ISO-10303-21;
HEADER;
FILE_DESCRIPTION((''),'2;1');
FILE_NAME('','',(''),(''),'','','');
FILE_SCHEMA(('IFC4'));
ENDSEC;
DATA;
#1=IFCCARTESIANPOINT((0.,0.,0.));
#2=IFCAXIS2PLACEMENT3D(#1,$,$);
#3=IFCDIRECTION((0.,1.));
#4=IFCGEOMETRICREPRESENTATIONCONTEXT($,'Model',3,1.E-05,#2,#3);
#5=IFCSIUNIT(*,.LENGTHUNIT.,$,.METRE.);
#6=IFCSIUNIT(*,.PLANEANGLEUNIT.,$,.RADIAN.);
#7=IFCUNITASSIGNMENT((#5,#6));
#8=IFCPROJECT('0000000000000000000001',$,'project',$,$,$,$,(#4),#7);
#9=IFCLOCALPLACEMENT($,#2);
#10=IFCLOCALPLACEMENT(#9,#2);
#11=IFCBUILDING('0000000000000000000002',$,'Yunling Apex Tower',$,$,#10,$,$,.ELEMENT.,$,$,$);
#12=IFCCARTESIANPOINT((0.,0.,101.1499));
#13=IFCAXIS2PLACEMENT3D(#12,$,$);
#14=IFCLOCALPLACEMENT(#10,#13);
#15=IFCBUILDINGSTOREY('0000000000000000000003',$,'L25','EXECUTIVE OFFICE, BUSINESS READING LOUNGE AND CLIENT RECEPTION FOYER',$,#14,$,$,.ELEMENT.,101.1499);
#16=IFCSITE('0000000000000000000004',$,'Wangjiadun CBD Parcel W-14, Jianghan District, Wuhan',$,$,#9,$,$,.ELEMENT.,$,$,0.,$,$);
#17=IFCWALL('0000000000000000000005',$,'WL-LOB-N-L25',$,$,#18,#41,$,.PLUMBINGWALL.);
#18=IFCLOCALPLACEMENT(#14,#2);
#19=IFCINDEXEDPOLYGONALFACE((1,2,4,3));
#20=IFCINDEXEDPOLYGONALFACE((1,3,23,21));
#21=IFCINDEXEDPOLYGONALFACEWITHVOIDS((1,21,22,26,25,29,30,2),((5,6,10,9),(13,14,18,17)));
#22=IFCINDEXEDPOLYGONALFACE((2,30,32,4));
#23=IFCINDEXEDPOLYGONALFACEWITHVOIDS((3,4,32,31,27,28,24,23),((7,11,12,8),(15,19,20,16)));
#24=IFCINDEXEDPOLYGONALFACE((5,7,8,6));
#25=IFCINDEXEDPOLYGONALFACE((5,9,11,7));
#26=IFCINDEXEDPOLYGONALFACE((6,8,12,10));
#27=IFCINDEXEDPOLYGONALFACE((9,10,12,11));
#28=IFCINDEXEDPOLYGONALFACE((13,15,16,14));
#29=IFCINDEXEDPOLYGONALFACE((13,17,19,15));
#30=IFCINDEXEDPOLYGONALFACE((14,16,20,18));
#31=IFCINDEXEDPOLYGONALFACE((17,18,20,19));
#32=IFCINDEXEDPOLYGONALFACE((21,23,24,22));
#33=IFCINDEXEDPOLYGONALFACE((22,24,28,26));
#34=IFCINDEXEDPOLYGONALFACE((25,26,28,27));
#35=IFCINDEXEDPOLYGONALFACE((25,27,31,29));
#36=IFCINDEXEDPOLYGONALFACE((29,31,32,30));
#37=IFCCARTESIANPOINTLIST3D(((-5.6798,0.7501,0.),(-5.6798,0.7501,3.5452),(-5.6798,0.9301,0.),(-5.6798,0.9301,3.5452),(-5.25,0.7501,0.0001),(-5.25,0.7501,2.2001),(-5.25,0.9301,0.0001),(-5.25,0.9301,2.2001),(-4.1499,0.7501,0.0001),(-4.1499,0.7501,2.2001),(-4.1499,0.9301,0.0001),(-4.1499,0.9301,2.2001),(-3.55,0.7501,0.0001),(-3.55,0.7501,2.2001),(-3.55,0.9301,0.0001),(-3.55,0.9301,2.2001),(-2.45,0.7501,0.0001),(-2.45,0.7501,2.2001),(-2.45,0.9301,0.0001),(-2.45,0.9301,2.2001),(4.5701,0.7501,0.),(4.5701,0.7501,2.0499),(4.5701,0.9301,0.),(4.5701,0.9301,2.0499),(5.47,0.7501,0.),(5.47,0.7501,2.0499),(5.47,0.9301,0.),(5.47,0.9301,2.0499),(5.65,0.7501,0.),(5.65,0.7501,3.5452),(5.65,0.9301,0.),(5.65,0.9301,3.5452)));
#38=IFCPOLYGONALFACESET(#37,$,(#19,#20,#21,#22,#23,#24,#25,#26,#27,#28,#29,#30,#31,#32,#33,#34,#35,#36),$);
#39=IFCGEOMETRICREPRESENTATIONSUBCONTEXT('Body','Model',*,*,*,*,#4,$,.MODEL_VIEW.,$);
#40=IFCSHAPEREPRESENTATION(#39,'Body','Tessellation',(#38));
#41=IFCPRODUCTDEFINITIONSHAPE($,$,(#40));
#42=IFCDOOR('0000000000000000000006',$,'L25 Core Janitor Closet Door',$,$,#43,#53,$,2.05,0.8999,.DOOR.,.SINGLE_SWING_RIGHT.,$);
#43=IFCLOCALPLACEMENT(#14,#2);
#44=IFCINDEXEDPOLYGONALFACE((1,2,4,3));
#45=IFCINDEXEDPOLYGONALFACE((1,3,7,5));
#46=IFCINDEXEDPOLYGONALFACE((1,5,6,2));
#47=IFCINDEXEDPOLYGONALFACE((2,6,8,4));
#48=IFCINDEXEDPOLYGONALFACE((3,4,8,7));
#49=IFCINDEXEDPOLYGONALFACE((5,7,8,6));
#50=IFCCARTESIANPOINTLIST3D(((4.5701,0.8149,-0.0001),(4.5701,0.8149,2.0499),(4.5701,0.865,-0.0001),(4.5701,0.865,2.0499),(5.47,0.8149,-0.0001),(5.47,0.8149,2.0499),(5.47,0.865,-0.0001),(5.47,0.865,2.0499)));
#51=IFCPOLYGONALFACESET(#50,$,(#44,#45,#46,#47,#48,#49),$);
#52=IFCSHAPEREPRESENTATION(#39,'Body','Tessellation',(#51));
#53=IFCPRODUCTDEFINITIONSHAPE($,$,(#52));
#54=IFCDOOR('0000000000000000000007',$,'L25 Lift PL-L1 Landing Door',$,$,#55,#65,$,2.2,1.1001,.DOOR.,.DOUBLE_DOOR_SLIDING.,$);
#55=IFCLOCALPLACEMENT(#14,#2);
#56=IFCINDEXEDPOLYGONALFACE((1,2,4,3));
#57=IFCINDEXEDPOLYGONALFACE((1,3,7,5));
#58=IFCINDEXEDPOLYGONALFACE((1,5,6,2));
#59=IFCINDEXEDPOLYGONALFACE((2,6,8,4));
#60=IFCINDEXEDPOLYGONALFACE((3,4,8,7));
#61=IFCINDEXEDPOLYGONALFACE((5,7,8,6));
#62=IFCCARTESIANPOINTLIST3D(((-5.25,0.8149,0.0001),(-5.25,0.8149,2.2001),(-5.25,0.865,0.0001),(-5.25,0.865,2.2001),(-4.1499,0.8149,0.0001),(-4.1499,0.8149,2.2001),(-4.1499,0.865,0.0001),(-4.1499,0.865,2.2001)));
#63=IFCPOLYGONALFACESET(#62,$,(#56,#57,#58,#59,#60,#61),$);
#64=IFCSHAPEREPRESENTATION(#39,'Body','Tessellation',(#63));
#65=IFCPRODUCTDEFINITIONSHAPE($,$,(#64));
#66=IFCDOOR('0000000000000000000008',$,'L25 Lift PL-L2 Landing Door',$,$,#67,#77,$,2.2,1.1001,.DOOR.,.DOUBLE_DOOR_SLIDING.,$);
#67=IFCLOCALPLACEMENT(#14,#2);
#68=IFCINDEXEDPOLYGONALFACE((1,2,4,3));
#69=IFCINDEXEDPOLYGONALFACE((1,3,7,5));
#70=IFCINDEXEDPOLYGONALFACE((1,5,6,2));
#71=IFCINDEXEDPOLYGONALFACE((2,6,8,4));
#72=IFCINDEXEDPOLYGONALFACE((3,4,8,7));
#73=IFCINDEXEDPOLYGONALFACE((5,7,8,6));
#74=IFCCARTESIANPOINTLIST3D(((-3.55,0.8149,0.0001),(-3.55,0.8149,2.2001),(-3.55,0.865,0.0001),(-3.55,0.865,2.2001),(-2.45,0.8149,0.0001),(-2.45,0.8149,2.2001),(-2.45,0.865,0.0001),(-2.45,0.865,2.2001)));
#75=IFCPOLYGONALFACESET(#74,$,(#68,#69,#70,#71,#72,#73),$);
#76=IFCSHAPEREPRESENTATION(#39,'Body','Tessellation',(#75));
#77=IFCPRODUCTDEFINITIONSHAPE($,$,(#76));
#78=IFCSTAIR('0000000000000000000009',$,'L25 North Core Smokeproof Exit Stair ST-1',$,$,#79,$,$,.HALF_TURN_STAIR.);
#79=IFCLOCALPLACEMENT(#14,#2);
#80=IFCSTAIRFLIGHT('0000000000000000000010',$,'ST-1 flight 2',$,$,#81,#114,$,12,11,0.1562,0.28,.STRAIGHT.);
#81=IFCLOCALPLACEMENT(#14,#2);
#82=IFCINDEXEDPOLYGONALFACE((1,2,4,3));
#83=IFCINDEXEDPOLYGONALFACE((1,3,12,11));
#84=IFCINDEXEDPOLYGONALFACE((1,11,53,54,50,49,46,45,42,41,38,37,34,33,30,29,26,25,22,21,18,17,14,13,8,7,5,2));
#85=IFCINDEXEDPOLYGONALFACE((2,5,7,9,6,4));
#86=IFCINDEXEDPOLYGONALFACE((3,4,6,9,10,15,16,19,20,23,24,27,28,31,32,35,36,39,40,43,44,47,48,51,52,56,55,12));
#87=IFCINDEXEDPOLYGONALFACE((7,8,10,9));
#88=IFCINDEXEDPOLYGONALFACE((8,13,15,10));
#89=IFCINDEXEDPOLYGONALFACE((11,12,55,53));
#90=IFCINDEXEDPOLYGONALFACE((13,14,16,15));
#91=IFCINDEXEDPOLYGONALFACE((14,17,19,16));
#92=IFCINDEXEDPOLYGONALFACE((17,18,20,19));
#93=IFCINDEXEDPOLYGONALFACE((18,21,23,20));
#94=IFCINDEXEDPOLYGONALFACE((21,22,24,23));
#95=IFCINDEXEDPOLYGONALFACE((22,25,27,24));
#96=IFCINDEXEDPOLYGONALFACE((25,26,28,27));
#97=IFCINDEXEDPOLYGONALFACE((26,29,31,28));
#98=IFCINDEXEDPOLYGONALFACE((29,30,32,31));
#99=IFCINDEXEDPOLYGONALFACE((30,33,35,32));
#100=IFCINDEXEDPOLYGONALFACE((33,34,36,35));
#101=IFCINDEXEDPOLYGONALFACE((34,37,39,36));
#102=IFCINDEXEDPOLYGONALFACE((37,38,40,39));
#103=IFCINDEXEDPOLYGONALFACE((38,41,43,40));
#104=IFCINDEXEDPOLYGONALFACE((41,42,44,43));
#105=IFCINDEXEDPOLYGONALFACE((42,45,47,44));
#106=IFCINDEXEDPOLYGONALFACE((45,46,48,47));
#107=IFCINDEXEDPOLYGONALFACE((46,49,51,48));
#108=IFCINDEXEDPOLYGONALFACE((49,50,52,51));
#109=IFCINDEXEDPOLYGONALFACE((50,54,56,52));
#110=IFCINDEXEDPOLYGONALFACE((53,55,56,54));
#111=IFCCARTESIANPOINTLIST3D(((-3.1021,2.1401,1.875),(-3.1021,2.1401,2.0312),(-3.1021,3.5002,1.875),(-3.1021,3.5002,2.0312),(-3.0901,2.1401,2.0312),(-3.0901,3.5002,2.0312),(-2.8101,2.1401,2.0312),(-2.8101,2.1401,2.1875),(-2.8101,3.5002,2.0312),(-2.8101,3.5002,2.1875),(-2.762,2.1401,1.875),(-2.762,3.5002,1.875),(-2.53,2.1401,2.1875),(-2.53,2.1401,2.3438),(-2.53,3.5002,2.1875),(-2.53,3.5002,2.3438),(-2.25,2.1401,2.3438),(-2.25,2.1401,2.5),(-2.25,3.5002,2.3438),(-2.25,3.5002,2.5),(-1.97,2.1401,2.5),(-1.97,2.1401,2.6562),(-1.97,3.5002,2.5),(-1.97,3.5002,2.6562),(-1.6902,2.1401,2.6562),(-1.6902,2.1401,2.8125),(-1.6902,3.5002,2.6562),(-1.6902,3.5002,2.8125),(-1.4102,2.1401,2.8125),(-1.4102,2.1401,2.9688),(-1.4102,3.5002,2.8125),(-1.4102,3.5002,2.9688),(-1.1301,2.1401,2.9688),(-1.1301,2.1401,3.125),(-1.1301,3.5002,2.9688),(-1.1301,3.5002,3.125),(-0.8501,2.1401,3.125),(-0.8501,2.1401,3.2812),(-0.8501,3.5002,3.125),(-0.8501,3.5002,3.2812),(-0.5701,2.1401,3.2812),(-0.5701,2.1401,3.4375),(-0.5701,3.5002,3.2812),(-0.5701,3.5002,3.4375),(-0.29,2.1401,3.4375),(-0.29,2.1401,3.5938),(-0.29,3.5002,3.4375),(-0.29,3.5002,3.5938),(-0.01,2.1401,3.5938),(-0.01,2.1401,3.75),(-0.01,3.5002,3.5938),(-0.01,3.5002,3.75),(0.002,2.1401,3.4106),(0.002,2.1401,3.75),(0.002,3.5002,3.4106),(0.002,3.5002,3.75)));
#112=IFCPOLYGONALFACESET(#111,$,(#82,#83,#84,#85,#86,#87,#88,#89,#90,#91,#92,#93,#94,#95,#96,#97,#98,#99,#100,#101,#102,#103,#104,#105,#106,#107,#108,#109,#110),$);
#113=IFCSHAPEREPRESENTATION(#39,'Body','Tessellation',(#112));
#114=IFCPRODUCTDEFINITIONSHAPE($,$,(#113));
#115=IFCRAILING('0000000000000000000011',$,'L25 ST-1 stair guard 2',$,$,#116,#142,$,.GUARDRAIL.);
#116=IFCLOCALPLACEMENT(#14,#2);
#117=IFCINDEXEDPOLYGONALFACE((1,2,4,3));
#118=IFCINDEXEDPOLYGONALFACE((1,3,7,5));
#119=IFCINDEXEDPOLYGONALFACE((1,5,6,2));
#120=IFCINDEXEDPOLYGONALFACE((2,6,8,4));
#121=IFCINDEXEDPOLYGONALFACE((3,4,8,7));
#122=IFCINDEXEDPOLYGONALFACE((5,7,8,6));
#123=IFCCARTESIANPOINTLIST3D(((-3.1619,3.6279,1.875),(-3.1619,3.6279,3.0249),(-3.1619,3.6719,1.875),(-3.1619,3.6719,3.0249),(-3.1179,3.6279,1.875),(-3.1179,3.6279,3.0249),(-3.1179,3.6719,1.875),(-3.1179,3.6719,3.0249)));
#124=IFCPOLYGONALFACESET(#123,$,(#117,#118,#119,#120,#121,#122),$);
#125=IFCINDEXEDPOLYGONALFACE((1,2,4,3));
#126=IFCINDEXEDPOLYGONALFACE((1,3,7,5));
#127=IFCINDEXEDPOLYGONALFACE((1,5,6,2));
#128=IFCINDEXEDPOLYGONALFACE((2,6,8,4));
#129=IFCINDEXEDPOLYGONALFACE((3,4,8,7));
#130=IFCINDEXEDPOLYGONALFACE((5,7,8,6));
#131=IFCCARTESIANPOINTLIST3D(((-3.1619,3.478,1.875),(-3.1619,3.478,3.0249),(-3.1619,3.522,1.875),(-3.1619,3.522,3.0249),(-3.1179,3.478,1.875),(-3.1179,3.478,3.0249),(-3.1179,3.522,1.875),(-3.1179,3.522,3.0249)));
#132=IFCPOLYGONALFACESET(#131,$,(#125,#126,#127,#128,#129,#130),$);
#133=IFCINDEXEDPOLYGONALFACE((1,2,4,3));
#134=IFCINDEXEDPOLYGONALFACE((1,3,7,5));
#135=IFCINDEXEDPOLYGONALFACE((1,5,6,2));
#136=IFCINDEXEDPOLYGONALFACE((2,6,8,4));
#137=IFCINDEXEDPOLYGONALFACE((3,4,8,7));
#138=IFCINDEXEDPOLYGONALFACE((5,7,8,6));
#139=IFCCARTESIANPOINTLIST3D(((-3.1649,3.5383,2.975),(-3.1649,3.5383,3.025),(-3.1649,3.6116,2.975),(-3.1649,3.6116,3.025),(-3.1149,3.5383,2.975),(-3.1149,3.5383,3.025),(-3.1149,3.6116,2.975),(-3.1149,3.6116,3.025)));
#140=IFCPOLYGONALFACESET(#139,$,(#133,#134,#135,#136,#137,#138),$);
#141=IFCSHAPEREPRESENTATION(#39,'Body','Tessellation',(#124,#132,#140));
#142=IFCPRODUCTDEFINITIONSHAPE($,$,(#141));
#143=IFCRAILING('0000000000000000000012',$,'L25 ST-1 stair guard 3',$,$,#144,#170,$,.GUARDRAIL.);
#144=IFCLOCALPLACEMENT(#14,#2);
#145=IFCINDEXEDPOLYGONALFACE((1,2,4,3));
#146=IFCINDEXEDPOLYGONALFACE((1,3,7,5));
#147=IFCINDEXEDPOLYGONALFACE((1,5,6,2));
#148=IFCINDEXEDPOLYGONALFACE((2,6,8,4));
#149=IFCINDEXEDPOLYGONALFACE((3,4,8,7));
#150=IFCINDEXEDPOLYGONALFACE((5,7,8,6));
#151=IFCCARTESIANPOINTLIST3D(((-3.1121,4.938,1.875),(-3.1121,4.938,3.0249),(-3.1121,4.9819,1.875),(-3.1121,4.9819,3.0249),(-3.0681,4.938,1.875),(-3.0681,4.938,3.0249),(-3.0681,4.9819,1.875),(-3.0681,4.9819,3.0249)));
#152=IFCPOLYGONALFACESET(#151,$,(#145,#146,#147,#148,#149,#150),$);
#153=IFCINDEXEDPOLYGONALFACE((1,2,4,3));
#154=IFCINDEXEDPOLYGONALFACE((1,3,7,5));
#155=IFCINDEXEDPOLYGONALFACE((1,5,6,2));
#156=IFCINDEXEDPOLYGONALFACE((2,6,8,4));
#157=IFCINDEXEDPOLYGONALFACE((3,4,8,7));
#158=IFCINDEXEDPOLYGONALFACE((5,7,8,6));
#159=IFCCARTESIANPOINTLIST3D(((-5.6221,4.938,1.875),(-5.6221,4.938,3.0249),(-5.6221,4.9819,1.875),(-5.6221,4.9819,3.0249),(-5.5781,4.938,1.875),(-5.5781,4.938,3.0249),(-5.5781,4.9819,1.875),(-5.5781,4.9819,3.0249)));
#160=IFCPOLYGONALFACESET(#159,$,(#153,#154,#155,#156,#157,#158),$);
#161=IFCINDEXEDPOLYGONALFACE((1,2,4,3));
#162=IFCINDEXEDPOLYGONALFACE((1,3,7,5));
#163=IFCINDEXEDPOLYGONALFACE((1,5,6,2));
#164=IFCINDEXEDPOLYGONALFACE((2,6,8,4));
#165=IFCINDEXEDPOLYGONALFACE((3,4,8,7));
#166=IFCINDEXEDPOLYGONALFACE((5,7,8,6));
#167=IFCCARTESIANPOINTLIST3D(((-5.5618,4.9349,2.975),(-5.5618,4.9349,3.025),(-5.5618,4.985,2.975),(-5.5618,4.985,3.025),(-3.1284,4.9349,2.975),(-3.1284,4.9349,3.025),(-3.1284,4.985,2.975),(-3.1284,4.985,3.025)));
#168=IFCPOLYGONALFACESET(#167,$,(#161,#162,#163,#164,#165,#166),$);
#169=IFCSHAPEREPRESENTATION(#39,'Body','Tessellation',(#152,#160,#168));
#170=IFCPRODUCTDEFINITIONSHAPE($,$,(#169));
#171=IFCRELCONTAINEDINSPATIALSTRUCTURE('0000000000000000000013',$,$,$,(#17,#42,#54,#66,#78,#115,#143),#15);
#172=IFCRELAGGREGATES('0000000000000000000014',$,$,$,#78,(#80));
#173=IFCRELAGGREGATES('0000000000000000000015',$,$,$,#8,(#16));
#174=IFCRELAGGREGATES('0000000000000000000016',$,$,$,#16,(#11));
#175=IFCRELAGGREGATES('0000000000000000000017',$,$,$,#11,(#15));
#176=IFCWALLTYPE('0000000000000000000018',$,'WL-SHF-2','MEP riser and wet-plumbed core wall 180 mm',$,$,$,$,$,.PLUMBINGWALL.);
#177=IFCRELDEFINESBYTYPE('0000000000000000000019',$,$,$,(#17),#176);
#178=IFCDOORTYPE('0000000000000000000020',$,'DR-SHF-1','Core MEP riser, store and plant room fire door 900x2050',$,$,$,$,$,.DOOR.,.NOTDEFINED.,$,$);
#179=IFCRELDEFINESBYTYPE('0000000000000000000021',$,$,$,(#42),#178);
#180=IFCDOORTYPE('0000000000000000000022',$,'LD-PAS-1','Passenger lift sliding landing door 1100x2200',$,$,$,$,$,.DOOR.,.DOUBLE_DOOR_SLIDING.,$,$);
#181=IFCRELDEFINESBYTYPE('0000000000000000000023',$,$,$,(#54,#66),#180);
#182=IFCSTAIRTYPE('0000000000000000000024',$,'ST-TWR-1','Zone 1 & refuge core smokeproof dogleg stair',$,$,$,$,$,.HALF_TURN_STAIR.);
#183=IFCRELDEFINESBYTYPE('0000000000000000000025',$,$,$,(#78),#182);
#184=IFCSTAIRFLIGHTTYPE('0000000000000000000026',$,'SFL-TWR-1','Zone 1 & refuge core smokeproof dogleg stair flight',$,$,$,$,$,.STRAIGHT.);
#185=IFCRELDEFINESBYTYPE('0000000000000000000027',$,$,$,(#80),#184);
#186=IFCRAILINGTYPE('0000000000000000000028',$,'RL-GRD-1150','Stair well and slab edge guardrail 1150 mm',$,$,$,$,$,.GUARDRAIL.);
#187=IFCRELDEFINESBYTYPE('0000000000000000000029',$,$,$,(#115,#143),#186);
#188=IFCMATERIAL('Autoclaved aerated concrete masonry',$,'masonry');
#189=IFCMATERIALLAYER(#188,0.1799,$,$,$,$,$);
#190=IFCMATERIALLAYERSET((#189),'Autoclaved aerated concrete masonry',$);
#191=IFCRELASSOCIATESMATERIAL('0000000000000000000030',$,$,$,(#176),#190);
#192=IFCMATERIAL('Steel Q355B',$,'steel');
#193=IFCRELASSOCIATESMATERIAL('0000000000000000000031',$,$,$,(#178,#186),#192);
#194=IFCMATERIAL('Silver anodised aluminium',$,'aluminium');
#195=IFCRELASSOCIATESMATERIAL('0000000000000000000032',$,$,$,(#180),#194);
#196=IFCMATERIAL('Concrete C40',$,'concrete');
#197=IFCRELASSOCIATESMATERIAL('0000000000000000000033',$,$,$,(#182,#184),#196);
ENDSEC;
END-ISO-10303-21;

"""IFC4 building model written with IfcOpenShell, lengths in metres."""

from ifc_helpers import new_model, si_unit, direction, frame, frame_2d, origin, origin_2d, place, context, subcontext, project, spatial, polyline, rectangle, outline, extrude, material, layer, layer_set, type_object, element, fill, aggregate, save


model = new_model("IFC4")

# Units and contexts
model_context = context("Model", 3, precision=1e-05, world=origin(), true_north=direction((0.0, 1.0)))
body_context = subcontext(model_context, "Body", "Model", "MODEL_VIEW")
ifc_project = project(units=[si_unit("LENGTHUNIT", "METRE"), si_unit("PLANEANGLEUNIT", "RADIAN")], contexts=[model_context])

# Site, building, storey
site_placement = place(None, origin())
site = spatial("IfcSite", under=ifc_project, at=site_placement, Name="Wangjiadun CBD Parcel W-14, Jianghan District, Wuhan", CompositionType="ELEMENT", RefElevation=0.0)
building_placement = place(site_placement, origin())
building = spatial("IfcBuilding", under=site, at=building_placement, Name="Yunling Apex Tower", CompositionType="ELEMENT")
storey_placement = place(building_placement, frame((0.0, 0.0, 101.1499)))
storey = spatial("IfcBuildingStorey", under=building, at=storey_placement, Name="L25", Description="EXECUTIVE OFFICE, BUSINESS READING LOUNGE AND CLIENT RECEPTION FOYER", CompositionType="ELEMENT", Elevation=101.1499)

# Shared definitions
ifc_material_1 = material(Name="Steel Q355B", Category="steel")

# Shared definitions
ifc_material_2 = material(Name="Concrete C40", Category="concrete")
ifc_material_3 = material(Name="Autoclaved aerated concrete masonry", Category="masonry")
ifc_layer_1 = layer(ifc_material_3, 0.1799)
ifc_layer_set_1 = layer_set([ifc_layer_1], Name="Autoclaved aerated concrete masonry")
wall_type_1 = type_object("IfcWallType", Name="WL-SHF-2", Description="MEP riser and wet-plumbed core wall 180 mm", PredefinedType="PLUMBINGWALL", material=ifc_layer_set_1)

# Wall, openings, doors
wall_1_placement = place(storey_placement, frame((-5.6799, 0.8401, 0.0), z_axis=(0.0, 0.0, 1.0), x_axis=(1.0, 0.0, 0.0)))
wall_1 = element("IfcWall", 1, at=wall_1_placement, inside=storey, type_object=wall_type_1, Name="WL-LOB-N-L25", PredefinedType="PLUMBINGWALL", context=body_context, shape_type="SweptSolid", body=[
    extrude(rectangle(XDim=11.3298, YDim=0.1799, at=frame_2d((5.665, 0.0))), origin(), (0.0, 0.0, 1.0), 3.5452),
])
opening_1_placement = place(wall_1_placement, frame((0.4299, 0.0, 0.0)))
opening_1 = element("IfcOpeningElement", 2, at=opening_1_placement, cuts=wall_1, PredefinedType="OPENING", context=body_context, shape_type="SweptSolid", body=[
    extrude(rectangle(XDim=1.1001, YDim=2.2, at=frame_2d((0.55, 1.1001))), frame((0.0, 0.1001, 0.0), z_axis=(0.0, -1.0, 0.0), x_axis=(1.0, 0.0, 0.0)), (0.0, 0.0, 1.0), 0.2),
])
opening_2_placement = place(wall_1_placement, frame((2.1299, 0.0, 0.0)))
opening_2 = element("IfcOpeningElement", 3, at=opening_2_placement, cuts=wall_1, PredefinedType="OPENING", context=body_context, shape_type="SweptSolid", body=[
    extrude(rectangle(XDim=1.1001, YDim=2.2, at=frame_2d((0.55, 1.1001))), frame((0.0, 0.1001, 0.0), z_axis=(0.0, -1.0, 0.0), x_axis=(1.0, 0.0, 0.0)), (0.0, 0.0, 1.0), 0.2),
])
opening_3_placement = place(wall_1_placement, frame((10.25, 0.0, 0.0)))
opening_3 = element("IfcOpeningElement", 4, at=opening_3_placement, cuts=wall_1, PredefinedType="OPENING", context=body_context, shape_type="SweptSolid", body=[
    extrude(rectangle(XDim=0.8999, YDim=2.05, at=frame_2d((0.45, 1.0249))), frame((0.0, 0.1001, 0.0), z_axis=(0.0, -1.0, 0.0), x_axis=(1.0, 0.0, 0.0)), (0.0, 0.0, 1.0), 0.2),
])
door_type_1 = type_object("IfcDoorType", Name="DR-SHF-1", Description="Core MEP riser, store and plant room fire door 900x2050", OperationType="NOTDEFINED", PredefinedType="DOOR", material=ifc_material_1)
door_1_placement = place(opening_3_placement, origin())
door_1 = element("IfcDoor", 5, at=door_1_placement, inside=storey, type_object=door_type_1, Name="L25 Core Janitor Closet Door", OperationType="SINGLE_SWING_RIGHT", OverallHeight=2.05, OverallWidth=0.8999, PredefinedType="DOOR", context=body_context, shape_type="SweptSolid", body=[
    extrude(rectangle(XDim=0.8999, YDim=2.05, at=frame_2d((0.45, 1.0249))), frame((0.0, 0.0249, 0.0), z_axis=(0.0, -1.0, 0.0), x_axis=(1.0, 0.0, 0.0)), (0.0, 0.0, 1.0), 0.05),
])
fill(opening_3, door_1)
ifc_material_4 = material(Name="Silver anodised aluminium", Category="aluminium")
door_type_2 = type_object("IfcDoorType", Name="LD-PAS-1", Description="Passenger lift sliding landing door 1100x2200", OperationType="DOUBLE_DOOR_SLIDING", PredefinedType="DOOR", material=ifc_material_4)
door_2_placement = place(opening_1_placement, origin())
door_2 = element("IfcDoor", 6, at=door_2_placement, inside=storey, type_object=door_type_2, Name="L25 Lift PL-L1 Landing Door", OperationType="DOUBLE_DOOR_SLIDING", OverallHeight=2.2, OverallWidth=1.1001, PredefinedType="DOOR", context=body_context, shape_type="SweptSolid", body=[
    extrude(rectangle(XDim=1.1001, YDim=2.2, at=frame_2d((0.55, 1.1001))), frame((0.0, 0.0249, 0.0), z_axis=(0.0, -1.0, 0.0), x_axis=(1.0, 0.0, 0.0)), (0.0, 0.0, 1.0), 0.05),
])
fill(opening_1, door_2)
door_3_placement = place(opening_2_placement, origin())
door_3 = element("IfcDoor", 7, at=door_3_placement, inside=storey, type_object=door_type_2, Name="L25 Lift PL-L2 Landing Door", OperationType="DOUBLE_DOOR_SLIDING", OverallHeight=2.2, OverallWidth=1.1001, PredefinedType="DOOR", context=body_context, shape_type="SweptSolid", body=[
    extrude(rectangle(XDim=1.1001, YDim=2.2, at=frame_2d((0.55, 1.1001))), frame((0.0, 0.0249, 0.0), z_axis=(0.0, -1.0, 0.0), x_axis=(1.0, 0.0, 0.0)), (0.0, 0.0, 1.0), 0.05),
])
fill(opening_2, door_3)

# Stair, stair flight
stair_type = type_object("IfcStairType", Name="ST-TWR-1", Description="Zone 1 & refuge core smokeproof dogleg stair", PredefinedType="HALF_TURN_STAIR", material=ifc_material_2)
stair_placement = place(storey_placement, origin())
stair = element("IfcStair", 8, at=stair_placement, inside=storey, type_object=stair_type, Name="L25 North Core Smokeproof Exit Stair ST-1", PredefinedType="HALF_TURN_STAIR")
stair_flight_type = type_object("IfcStairFlightType", Name="SFL-TWR-1", Description="Zone 1 & refuge core smokeproof dogleg stair flight", PredefinedType="STRAIGHT", material=ifc_material_2)
stair_flight_placement = place(storey_placement, frame((-3.0901, 2.8201, 1.875), z_axis=(0.0, 0.0, 1.0), x_axis=(1.0, 0.0, 0.0)))
stair_flight = element("IfcStairFlight", 9, at=stair_flight_placement, type_object=stair_flight_type, Name="ST-1 flight 2", NumberOfRisers=12, NumberOfTreads=11, PredefinedType="STRAIGHT", RiserHeight=0.1562, TreadLength=0.28, context=body_context, shape_type="SweptSolid", body=[
    extrude(outline(polyline([(-0.012, 0.0), (-0.012, 0.1562), (0.0, 0.1562), (0.28, 0.1562), (0.28, 0.3125), (0.5601, 0.3125), (0.5601, 0.4688), (0.8401, 0.4688), (0.8401, 0.625), (1.1201, 0.625), (1.1201, 0.7812), (1.3999, 0.7812), (1.3999, 0.9375), (1.6799, 0.9375), (1.6799, 1.0938), (1.96, 1.0938), (1.96, 1.25), (2.24, 1.25), (2.24, 1.4062), (2.52, 1.4062), (2.52, 1.5625), (2.8, 1.5625), (2.8, 1.7188), (3.0801, 1.7188), (3.0801, 1.875), (3.092, 1.875), (3.092, 1.5356), (0.3281, 0.0), (-0.012, 0.0)])), frame((0.0, 0.6802, 0.0), z_axis=(0.0, -1.0, 0.0), x_axis=(1.0, 0.0, 0.0)), (0.0, 0.0, 1.0), 1.3601),
])
aggregate(stair, [stair_flight])

# Railings
railing_type_1 = type_object("IfcRailingType", Name="RL-GRD-1150", Description="Stair well and slab edge guardrail 1150 mm", PredefinedType="GUARDRAIL", material=ifc_material_1)
railing_1_placement = place(storey_placement, frame((-3.1399, 3.6499, 1.875)))
element("IfcRailing", 10, at=railing_1_placement, inside=storey, type_object=railing_type_1, Name="L25 ST-1 stair guard 2", PredefinedType="GUARDRAIL", context=body_context, shape_type="SweptSolid", body=[
    extrude(rectangle(XDim=0.0439, YDim=0.0439, at=origin_2d()), origin(), (0.0, 0.0, 1.0), 1.1499),
    extrude(rectangle(XDim=0.0439, YDim=0.0439, at=origin_2d()), frame((0.0, -0.1499, 0.0)), (0.0, 0.0, 1.0), 1.1499),
    extrude(rectangle(XDim=0.05, YDim=0.05, at=origin_2d()), frame((0.0, -0.0383, 1.125), z_axis=(0.0, -1.0, 0.0), x_axis=(1.0, 0.0, 0.0)), (0.0, 0.0, 1.0), 0.0732),
])
railing_2_placement = place(storey_placement, frame((-3.0901, 4.96, 1.875)))
element("IfcRailing", 11, at=railing_2_placement, inside=storey, type_object=railing_type_1, Name="L25 ST-1 stair guard 3", PredefinedType="GUARDRAIL", context=body_context, shape_type="SweptSolid", body=[
    extrude(rectangle(XDim=0.0439, YDim=0.0439, at=origin_2d()), origin(), (0.0, 0.0, 1.0), 1.1499),
    extrude(rectangle(XDim=0.0439, YDim=0.0439, at=origin_2d()), frame((-2.51, 0.0, 0.0)), (0.0, 0.0, 1.0), 1.1499),
    extrude(rectangle(XDim=0.05, YDim=0.05, at=origin_2d()), frame((-0.0383, 0.0, 1.125), z_axis=(-1.0, 0.0, 0.0), x_axis=(0.0, -1.0, 0.0)), (0.0, 0.0, 1.0), 2.4333),
])

save(model, "model.ifc")
